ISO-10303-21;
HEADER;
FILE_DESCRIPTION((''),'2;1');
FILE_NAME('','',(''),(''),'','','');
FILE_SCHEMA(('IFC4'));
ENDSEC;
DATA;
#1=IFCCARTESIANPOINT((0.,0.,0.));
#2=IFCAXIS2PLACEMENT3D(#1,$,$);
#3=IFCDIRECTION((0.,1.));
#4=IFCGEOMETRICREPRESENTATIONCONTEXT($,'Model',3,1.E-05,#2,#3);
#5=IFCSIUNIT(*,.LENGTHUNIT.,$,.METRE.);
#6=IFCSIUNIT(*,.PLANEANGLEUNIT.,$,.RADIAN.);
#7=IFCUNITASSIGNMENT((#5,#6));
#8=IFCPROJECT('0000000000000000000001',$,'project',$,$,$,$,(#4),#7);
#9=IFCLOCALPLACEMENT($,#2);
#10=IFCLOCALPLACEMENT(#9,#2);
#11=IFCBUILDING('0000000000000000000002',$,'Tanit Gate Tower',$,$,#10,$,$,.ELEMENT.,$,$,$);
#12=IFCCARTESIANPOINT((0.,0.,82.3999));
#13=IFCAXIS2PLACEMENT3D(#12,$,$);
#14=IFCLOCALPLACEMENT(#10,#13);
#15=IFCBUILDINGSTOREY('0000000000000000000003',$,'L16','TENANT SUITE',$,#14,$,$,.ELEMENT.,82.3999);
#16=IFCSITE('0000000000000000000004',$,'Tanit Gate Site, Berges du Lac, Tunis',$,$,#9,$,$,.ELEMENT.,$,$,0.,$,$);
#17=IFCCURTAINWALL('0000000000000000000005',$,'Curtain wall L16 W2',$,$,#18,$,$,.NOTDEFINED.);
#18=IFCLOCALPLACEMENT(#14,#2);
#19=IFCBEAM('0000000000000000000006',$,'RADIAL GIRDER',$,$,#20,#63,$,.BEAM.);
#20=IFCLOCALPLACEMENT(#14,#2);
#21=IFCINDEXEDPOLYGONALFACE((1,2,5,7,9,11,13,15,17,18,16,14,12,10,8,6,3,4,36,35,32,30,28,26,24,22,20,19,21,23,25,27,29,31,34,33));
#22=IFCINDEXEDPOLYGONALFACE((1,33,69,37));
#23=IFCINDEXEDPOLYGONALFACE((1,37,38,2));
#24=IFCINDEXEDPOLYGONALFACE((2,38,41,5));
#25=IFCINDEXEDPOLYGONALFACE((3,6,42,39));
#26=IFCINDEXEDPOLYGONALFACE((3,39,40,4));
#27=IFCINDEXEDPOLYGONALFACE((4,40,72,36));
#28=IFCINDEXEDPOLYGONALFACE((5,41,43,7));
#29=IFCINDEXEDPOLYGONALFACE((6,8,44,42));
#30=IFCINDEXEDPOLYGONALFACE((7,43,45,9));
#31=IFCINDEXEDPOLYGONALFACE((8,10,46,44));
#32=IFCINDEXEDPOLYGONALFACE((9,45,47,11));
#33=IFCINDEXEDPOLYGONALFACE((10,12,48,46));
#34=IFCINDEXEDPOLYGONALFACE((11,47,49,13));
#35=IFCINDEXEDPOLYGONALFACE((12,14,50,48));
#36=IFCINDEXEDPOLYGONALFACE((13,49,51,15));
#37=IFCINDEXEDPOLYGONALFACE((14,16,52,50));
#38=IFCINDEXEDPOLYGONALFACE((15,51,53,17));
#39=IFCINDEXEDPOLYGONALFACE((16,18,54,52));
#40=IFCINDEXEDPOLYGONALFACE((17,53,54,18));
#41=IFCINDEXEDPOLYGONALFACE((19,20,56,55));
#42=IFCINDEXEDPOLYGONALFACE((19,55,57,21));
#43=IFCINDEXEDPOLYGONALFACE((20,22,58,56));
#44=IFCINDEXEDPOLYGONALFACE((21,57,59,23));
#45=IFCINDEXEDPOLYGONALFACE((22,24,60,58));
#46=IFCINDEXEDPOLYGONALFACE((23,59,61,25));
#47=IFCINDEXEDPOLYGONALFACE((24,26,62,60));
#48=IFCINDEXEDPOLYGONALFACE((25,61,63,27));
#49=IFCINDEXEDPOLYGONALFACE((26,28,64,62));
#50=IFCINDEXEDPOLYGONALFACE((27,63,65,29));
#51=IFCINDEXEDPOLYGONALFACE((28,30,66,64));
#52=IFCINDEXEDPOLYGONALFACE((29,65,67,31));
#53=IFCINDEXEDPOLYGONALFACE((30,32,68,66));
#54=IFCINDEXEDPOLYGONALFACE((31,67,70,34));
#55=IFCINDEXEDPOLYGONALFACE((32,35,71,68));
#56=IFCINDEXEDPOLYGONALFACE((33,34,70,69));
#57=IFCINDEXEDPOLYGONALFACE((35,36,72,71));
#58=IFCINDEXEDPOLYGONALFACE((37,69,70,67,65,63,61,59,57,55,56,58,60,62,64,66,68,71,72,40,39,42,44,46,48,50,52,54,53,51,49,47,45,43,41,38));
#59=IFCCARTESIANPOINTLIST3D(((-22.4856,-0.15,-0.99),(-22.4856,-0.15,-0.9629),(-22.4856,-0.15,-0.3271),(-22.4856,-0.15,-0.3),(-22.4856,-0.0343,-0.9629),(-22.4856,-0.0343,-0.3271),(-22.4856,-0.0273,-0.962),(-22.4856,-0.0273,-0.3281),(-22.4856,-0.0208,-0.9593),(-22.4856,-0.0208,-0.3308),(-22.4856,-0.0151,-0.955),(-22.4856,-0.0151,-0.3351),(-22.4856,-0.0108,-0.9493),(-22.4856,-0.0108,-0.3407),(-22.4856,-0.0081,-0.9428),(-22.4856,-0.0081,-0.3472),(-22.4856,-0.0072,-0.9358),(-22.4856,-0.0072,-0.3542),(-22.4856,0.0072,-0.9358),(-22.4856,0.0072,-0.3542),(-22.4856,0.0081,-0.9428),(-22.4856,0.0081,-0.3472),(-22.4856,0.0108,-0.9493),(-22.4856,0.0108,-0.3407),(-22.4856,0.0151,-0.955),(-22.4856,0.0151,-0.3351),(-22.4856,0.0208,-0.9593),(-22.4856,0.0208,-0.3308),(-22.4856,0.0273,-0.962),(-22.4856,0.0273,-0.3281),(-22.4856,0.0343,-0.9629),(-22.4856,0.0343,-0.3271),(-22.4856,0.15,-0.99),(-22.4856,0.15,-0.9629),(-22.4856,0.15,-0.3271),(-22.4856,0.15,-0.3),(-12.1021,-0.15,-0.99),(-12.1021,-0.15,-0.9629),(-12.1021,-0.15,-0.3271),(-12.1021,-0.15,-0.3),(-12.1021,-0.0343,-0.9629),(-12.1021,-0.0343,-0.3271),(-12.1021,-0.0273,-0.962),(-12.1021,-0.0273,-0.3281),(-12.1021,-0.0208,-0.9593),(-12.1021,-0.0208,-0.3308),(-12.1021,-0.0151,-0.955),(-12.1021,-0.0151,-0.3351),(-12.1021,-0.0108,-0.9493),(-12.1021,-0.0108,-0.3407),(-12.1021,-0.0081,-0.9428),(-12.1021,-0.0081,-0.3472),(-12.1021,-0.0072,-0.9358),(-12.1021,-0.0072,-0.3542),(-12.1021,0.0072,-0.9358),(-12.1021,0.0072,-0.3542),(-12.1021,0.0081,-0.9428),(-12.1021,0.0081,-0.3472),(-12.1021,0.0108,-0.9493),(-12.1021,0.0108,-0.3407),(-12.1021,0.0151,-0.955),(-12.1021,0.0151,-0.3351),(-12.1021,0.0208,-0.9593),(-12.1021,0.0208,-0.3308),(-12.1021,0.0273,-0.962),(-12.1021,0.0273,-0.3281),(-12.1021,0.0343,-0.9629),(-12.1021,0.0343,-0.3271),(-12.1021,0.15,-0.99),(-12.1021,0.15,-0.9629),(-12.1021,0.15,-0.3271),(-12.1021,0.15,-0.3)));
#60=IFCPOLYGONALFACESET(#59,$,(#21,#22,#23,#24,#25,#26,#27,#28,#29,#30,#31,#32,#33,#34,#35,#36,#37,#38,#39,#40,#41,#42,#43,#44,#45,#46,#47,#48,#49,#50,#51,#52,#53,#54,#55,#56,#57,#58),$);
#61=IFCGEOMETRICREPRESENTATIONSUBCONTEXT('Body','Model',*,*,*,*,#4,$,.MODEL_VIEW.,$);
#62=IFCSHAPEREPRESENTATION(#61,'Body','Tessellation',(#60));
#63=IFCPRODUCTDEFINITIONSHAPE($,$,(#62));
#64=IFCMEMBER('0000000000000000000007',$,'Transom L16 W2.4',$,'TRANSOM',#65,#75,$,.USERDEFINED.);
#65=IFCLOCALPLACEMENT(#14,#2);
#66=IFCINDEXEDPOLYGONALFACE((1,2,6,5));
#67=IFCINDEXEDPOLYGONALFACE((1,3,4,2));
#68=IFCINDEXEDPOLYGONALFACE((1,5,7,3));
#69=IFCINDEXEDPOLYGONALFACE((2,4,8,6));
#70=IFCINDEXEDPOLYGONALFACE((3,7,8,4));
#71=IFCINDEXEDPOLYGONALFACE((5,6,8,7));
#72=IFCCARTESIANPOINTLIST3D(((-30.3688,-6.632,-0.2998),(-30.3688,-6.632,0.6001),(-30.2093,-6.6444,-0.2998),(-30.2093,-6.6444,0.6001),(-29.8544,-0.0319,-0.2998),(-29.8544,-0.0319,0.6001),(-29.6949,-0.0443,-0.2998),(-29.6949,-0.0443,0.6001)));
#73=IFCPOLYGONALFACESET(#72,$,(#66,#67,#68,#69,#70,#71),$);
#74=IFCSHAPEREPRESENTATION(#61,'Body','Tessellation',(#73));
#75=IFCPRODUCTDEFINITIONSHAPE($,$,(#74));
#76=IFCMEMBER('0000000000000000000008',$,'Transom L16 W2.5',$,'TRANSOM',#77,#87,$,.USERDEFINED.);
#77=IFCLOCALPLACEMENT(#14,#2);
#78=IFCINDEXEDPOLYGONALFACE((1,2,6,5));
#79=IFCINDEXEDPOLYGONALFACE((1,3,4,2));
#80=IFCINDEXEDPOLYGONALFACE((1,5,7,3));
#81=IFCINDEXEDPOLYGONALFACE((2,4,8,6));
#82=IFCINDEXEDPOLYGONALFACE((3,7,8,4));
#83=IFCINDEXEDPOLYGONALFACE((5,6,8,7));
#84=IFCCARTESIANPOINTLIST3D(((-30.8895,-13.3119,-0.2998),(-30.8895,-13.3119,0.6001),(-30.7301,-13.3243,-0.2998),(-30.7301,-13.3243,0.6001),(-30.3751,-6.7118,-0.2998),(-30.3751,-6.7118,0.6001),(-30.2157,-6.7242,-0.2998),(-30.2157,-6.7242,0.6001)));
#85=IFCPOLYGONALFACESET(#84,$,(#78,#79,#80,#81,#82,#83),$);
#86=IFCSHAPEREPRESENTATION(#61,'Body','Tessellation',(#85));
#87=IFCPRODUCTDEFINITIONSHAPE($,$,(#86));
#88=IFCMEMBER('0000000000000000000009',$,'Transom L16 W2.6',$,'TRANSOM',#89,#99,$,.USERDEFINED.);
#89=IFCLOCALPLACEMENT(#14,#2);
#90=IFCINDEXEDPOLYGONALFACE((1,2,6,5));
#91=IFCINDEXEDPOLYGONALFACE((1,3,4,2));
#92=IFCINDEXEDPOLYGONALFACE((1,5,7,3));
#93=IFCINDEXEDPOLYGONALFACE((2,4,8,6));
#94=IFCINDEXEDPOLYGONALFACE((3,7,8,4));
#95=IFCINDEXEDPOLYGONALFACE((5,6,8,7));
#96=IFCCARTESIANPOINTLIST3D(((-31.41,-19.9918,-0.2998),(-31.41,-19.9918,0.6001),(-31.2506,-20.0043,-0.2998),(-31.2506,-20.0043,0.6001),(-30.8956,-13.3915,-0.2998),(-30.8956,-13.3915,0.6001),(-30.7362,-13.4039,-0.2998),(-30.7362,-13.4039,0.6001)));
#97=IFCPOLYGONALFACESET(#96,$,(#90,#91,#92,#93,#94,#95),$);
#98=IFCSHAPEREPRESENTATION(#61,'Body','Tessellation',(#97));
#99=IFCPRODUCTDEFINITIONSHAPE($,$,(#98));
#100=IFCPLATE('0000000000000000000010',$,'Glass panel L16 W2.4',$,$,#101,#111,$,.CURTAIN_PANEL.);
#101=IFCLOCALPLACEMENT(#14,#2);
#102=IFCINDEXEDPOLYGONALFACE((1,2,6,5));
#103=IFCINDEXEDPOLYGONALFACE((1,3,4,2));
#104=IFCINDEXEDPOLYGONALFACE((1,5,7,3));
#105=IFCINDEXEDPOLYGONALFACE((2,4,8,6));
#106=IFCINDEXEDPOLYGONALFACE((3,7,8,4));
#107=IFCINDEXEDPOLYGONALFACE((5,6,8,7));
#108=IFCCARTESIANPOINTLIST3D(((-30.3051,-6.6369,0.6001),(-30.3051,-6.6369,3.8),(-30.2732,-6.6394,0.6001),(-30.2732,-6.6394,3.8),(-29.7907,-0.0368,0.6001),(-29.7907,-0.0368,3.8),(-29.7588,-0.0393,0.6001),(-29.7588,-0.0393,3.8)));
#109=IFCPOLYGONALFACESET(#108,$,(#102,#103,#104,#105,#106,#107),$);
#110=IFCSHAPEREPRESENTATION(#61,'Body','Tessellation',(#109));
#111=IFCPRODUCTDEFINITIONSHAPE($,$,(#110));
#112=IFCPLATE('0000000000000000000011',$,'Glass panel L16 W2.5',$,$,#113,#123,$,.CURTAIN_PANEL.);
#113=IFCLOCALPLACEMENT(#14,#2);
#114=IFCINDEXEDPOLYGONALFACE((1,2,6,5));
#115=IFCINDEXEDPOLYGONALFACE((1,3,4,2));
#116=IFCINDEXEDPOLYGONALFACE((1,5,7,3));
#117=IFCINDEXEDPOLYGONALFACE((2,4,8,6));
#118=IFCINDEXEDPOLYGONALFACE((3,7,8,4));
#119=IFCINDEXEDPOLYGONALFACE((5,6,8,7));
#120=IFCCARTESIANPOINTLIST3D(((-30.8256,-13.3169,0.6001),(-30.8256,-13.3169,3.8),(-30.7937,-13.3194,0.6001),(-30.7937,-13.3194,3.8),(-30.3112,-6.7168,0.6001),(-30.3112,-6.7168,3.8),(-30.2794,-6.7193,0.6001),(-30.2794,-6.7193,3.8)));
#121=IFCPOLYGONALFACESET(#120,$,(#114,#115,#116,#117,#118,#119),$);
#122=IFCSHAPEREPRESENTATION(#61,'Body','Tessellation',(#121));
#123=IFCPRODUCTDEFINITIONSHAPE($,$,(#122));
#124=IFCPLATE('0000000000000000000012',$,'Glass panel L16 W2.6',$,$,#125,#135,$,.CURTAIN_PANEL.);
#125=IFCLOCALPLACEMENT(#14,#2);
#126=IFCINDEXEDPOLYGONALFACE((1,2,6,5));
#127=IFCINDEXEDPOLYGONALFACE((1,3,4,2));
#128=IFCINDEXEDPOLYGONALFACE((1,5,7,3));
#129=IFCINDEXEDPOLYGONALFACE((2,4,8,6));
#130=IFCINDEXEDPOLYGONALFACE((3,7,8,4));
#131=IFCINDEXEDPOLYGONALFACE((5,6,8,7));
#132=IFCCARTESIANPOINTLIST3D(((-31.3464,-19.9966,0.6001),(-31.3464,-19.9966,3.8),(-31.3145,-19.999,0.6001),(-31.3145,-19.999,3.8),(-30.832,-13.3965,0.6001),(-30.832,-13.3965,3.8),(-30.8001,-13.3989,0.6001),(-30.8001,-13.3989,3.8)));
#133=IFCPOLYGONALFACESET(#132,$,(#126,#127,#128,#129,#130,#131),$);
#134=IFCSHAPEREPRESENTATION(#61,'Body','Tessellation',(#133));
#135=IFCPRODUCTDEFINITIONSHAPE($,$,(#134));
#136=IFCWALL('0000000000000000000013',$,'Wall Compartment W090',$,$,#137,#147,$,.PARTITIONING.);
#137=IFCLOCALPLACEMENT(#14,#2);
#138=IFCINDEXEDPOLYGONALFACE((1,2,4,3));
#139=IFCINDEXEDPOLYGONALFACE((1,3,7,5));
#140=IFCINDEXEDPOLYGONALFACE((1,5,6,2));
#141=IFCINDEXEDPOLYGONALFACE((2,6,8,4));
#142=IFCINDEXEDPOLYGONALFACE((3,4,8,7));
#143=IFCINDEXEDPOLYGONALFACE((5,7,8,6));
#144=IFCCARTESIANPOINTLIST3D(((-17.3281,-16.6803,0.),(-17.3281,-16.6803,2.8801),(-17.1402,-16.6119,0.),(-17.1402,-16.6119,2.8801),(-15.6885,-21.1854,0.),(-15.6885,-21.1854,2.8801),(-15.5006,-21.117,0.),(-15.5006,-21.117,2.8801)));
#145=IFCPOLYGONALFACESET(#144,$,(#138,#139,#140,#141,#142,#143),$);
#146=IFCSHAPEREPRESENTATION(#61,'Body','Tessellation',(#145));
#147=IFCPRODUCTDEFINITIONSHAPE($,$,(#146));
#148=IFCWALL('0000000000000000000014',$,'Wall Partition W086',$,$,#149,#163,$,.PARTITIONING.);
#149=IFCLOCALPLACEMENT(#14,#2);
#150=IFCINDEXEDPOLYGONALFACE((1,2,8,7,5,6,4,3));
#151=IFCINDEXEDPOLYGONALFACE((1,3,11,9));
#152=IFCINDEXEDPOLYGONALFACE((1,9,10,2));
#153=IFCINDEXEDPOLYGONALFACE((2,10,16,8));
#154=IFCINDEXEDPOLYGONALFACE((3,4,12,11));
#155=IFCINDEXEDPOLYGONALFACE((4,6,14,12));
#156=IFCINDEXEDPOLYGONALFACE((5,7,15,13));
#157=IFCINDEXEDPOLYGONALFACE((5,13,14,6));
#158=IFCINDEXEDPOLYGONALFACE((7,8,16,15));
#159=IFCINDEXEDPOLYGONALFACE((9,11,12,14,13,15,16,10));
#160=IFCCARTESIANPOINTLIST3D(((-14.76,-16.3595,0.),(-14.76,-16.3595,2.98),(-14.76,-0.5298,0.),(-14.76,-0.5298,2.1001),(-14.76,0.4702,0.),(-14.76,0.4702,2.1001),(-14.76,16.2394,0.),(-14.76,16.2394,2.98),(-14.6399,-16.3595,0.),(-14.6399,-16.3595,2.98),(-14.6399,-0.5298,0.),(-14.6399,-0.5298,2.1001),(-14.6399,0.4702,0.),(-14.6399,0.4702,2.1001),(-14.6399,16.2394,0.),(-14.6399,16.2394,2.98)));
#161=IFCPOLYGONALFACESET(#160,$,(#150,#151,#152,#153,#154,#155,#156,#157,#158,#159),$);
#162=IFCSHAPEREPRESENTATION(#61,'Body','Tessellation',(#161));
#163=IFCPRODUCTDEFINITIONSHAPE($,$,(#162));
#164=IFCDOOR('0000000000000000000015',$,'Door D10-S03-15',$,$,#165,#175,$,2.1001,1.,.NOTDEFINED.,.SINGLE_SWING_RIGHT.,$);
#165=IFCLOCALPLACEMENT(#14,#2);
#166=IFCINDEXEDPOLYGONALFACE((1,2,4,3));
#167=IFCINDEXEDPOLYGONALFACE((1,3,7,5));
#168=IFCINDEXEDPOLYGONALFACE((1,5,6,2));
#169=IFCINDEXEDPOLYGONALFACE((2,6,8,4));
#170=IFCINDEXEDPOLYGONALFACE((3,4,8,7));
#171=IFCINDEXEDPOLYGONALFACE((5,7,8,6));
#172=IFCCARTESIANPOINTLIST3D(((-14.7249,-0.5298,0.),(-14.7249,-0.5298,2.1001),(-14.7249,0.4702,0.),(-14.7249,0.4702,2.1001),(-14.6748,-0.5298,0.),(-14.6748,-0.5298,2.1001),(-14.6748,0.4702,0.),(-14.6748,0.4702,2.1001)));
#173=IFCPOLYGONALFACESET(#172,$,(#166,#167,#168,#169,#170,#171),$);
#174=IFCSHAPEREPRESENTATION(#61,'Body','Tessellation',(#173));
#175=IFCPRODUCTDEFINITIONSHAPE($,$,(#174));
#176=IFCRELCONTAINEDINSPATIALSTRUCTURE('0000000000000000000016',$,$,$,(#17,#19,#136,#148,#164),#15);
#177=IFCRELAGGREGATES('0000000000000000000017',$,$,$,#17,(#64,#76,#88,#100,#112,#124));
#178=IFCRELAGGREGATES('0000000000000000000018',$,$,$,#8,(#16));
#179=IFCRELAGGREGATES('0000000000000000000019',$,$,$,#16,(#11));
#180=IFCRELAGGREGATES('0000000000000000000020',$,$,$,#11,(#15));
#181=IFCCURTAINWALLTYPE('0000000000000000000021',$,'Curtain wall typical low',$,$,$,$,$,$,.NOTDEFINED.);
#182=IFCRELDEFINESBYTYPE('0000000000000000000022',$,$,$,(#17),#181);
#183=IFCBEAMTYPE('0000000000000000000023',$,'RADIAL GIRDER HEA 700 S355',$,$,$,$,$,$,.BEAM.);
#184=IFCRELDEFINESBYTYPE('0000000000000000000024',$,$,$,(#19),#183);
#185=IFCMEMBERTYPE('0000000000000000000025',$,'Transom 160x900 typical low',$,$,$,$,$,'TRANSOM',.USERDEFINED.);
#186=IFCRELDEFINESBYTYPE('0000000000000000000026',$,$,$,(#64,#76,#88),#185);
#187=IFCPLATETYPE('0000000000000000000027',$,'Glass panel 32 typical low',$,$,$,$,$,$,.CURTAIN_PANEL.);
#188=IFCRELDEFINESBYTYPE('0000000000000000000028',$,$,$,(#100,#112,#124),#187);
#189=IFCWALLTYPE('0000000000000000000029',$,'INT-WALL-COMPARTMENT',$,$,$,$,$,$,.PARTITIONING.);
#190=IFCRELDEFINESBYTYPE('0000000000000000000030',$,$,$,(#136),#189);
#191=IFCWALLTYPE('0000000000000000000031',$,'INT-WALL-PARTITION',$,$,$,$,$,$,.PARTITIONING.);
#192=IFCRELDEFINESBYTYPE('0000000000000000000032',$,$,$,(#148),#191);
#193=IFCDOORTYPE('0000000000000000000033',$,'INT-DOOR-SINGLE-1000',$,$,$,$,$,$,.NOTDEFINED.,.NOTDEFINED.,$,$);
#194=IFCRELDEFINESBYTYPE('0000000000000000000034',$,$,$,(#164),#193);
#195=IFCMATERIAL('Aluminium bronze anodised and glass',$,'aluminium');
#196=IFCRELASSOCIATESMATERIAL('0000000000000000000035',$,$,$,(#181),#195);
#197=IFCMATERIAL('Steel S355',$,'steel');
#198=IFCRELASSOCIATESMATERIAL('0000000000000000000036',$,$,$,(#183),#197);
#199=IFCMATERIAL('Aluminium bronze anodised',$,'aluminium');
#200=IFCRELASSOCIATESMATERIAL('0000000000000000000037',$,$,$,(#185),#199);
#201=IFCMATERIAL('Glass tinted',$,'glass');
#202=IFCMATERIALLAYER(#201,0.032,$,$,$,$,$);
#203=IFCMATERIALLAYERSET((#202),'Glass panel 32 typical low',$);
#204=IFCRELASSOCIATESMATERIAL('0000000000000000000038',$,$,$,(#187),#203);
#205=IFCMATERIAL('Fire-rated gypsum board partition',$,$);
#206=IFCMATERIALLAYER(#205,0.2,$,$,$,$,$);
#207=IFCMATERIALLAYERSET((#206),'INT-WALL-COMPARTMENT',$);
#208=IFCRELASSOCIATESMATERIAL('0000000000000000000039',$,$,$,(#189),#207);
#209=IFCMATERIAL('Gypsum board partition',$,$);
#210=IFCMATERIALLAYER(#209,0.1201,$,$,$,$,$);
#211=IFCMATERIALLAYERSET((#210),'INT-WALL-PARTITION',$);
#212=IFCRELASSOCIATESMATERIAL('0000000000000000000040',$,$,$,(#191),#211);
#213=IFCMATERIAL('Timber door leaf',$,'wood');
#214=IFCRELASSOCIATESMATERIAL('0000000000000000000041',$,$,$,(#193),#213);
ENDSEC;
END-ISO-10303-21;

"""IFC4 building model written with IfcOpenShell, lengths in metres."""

from ifc_helpers import new_model, si_unit, direction, frame, frame_2d, origin, origin_2d, place, context, subcontext, project, spatial, rectangle, i_section, extrude, material, layer, layer_set, material_profile, profile_set, type_object, element, fill, aggregate, save


model = new_model("IFC4")

# Units and contexts
model_context = context("Model", 3, precision=1e-05, world=origin(), true_north=direction((0.0, 1.0)))
body_context = subcontext(model_context, "Body", "Model", "MODEL_VIEW")
ifc_project = project(units=[si_unit("LENGTHUNIT", "METRE"), si_unit("PLANEANGLEUNIT", "RADIAN")], contexts=[model_context])

# Site, building, storey
site_placement = place(None, origin())
site = spatial("IfcSite", under=ifc_project, at=site_placement, Name="Tanit Gate Site, Berges du Lac, Tunis", CompositionType="ELEMENT", RefElevation=0.0)
building_placement = place(site_placement, origin())
building = spatial("IfcBuilding", under=site, at=building_placement, Name="Tanit Gate Tower", CompositionType="ELEMENT")
storey_placement = place(building_placement, frame((0.0, 0.0, 82.3999)))
storey = spatial("IfcBuildingStorey", under=building, at=storey_placement, Name="L16", Description="TENANT SUITE", CompositionType="ELEMENT", Elevation=82.3999)

# Curtain wall
ifc_material_1 = material(Name="Aluminium bronze anodised and glass", Category="aluminium")
curtain_wall_type = type_object("IfcCurtainWallType", Name="Curtain wall typical low", PredefinedType="NOTDEFINED", material=ifc_material_1)
curtain_wall_placement = place(storey_placement, origin())
curtain_wall = element("IfcCurtainWall", 1, at=curtain_wall_placement, inside=storey, type_object=curtain_wall_type, Name="Curtain wall L16 W2", PredefinedType="NOTDEFINED")

# Beam
ifc_material_2 = material(Name="Steel S355", Category="steel")
ifc_material_profile_1 = material_profile(ifc_material_2, i_section(OverallWidth=0.3, OverallDepth=0.6899, WebThickness=0.0144, FlangeThickness=0.0271, FilletRadius=0.0271, at=origin_2d()), Name="HEA 700")
ifc_profile_set_1 = profile_set([ifc_material_profile_1], Name="Steel S355")
beam_type = type_object("IfcBeamType", Name="RADIAL GIRDER HEA 700 S355", PredefinedType="BEAM", material=ifc_profile_set_1)
beam_1_placement = place(storey_placement, frame((-22.4856, 0.0, -0.645), z_axis=(1.0, 0.0, 0.0), x_axis=(0.0, 1.0, 0.0)))
element("IfcBeam", 2, at=beam_1_placement, inside=storey, type_object=beam_type, Name="RADIAL GIRDER", PredefinedType="BEAM", context=body_context, shape_type="SweptSolid", body=[
    extrude(i_section(OverallWidth=0.3, OverallDepth=0.6899, WebThickness=0.0144, FlangeThickness=0.0271, FilletRadius=0.0271, at=origin_2d()), origin(), (0.0, 0.0, 1.0), 10.3835),
])

# Members
ifc_material_3 = material(Name="Aluminium bronze anodised", Category="aluminium")
ifc_material_profile_2 = material_profile(ifc_material_3, rectangle(XDim=0.1599, YDim=0.8999, at=origin_2d()), Name="160x900 bronze transom")
ifc_profile_set_2 = profile_set([ifc_material_profile_2], Name="Aluminium bronze anodised")
member_type_1 = type_object("IfcMemberType", Name="Transom 160x900 typical low", ElementType="TRANSOM", PredefinedType="USERDEFINED", material=ifc_profile_set_2)
member_1_placement = place(storey_placement, frame((-29.7747, -0.0381, 0.1501), z_axis=(-0.077703, -0.996977, 0.0), x_axis=(0.996977, -0.077703, 0.0)))
member_1 = element("IfcMember", 3, at=member_1_placement, type_object=member_type_1, Name="Transom L16 W2.4", ObjectType="TRANSOM", PredefinedType="USERDEFINED", context=body_context, shape_type="SweptSolid", body=[
    extrude(rectangle(XDim=0.1599, YDim=0.8999, at=origin_2d()), origin(), (0.0, 0.0, 1.0), 6.6201),
])
member_2_placement = place(storey_placement, frame((-30.2954, -6.718, 0.1501), z_axis=(-0.077703, -0.996977, 0.0), x_axis=(0.996977, -0.077703, 0.0)))
member_2 = element("IfcMember", 4, at=member_2_placement, type_object=member_type_1, Name="Transom L16 W2.5", ObjectType="TRANSOM", PredefinedType="USERDEFINED", context=body_context, shape_type="SweptSolid", body=[
    extrude(rectangle(XDim=0.1599, YDim=0.8999, at=origin_2d()), origin(), (0.0, 0.0, 1.0), 6.6201),
])
member_3_placement = place(storey_placement, frame((-30.8159, -13.3977, 0.1501), z_axis=(-0.0777, -0.996977, 0.0), x_axis=(0.996977, -0.0777, 0.0)))
member_3 = element("IfcMember", 5, at=member_3_placement, type_object=member_type_1, Name="Transom L16 W2.6", ObjectType="TRANSOM", PredefinedType="USERDEFINED", context=body_context, shape_type="SweptSolid", body=[
    extrude(rectangle(XDim=0.1599, YDim=0.8999, at=origin_2d()), origin(), (0.0, 0.0, 1.0), 6.6204),
])

# Plates
ifc_material_4 = material(Name="Glass tinted", Category="glass")
ifc_layer_1 = layer(ifc_material_4, 0.032)
ifc_layer_set_1 = layer_set([ifc_layer_1], Name="Glass panel 32 typical low")
plate_type = type_object("IfcPlateType", Name="Glass panel 32 typical low", PredefinedType="CURTAIN_PANEL", material=ifc_layer_set_1)
plate_1_placement = place(storey_placement, frame((-30.032, -3.3381, 0.6001), z_axis=(0.0, 0.0, 1.0), x_axis=(-0.077701, -0.996977, 0.0)))
plate_1 = element("IfcPlate", 6, at=plate_1_placement, type_object=plate_type, Name="Glass panel L16 W2.4", PredefinedType="CURTAIN_PANEL", context=body_context, shape_type="SweptSolid", body=[
    extrude(rectangle(XDim=6.6201, YDim=0.032, at=origin_2d()), origin(), (0.0, 0.0, 1.0), 3.2),
])
plate_2_placement = place(storey_placement, frame((-30.5525, -10.0181, 0.6001), z_axis=(0.0, 0.0, 1.0), x_axis=(-0.077701, -0.996977, 0.0)))
plate_2 = element("IfcPlate", 7, at=plate_2_placement, type_object=plate_type, Name="Glass panel L16 W2.5", PredefinedType="CURTAIN_PANEL", context=body_context, shape_type="SweptSolid", body=[
    extrude(rectangle(XDim=6.6201, YDim=0.032, at=origin_2d()), origin(), (0.0, 0.0, 1.0), 3.2),
])
plate_3_placement = place(storey_placement, frame((-31.0732, -16.6978, 0.6001), z_axis=(0.0, 0.0, 1.0), x_axis=(-0.077701, -0.996977, 0.0)))
plate_3 = element("IfcPlate", 8, at=plate_3_placement, type_object=plate_type, Name="Glass panel L16 W2.6", PredefinedType="CURTAIN_PANEL", context=body_context, shape_type="SweptSolid", body=[
    extrude(rectangle(XDim=6.6201, YDim=0.032, at=origin_2d()), origin(), (0.0, 0.0, 1.0), 3.2),
])
aggregate(curtain_wall, [member_1, member_2, member_3, plate_1, plate_2, plate_3])

# Wall
ifc_material_5 = material(Name="Fire-rated gypsum board partition")
ifc_layer_2 = layer(ifc_material_5, 0.2)
ifc_layer_set_2 = layer_set([ifc_layer_2], Name="INT-WALL-COMPARTMENT")
wall_type_1 = type_object("IfcWallType", Name="INT-WALL-COMPARTMENT", PredefinedType="PARTITIONING", material=ifc_layer_set_2)
wall_1_placement = place(storey_placement, frame((-17.2341, -16.6462, 0.0), z_axis=(0.0, 0.0, 1.0), x_axis=(0.342005, -0.939698, 0.0)))
element("IfcWall", 9, at=wall_1_placement, inside=storey, type_object=wall_type_1, Name="Wall Compartment W090", PredefinedType="PARTITIONING", context=body_context, shape_type="SweptSolid", body=[
    extrude(rectangle(XDim=4.7942, YDim=0.2, at=frame_2d((2.397, 0.0))), origin(), (0.0, 0.0, 1.0), 2.8801),
])

# Wall, opening, door
ifc_material_6 = material(Name="Gypsum board partition")
ifc_layer_3 = layer(ifc_material_6, 0.1201)
ifc_layer_set_3 = layer_set([ifc_layer_3], Name="INT-WALL-PARTITION")
wall_type_2 = type_object("IfcWallType", Name="INT-WALL-PARTITION", PredefinedType="PARTITIONING", material=ifc_layer_set_3)
wall_2_placement = place(storey_placement, frame((-14.7, -16.3594, 0.0), z_axis=(0.0, 0.0, 1.0), x_axis=(0.0, 1.0, 0.0)))
wall_2 = element("IfcWall", 10, at=wall_2_placement, inside=storey, type_object=wall_type_2, Name="Wall Partition W086", PredefinedType="PARTITIONING", context=body_context, shape_type="SweptSolid", body=[
    extrude(rectangle(XDim=32.5989, YDim=0.1201, at=frame_2d((16.2993, 0.0))), origin(), (0.0, 0.0, 1.0), 2.98),
])
opening_placement = place(wall_2_placement, frame((15.8296, 0.0, 0.0)))
opening = element("IfcOpeningElement", 11, at=opening_placement, cuts=wall_2, PredefinedType="OPENING", context=body_context, shape_type="SweptSolid", body=[
    extrude(rectangle(XDim=1.0, YDim=2.1001, at=frame_2d((0.5, 1.05))), frame((0.0, 0.0701, 0.0), z_axis=(0.0, -1.0, 0.0), x_axis=(1.0, 0.0, 0.0)), (0.0, 0.0, 1.0), 0.1401),
])
ifc_material_7 = material(Name="Timber door leaf", Category="wood")
door_type = type_object("IfcDoorType", Name="INT-DOOR-SINGLE-1000", OperationType="NOTDEFINED", PredefinedType="NOTDEFINED", material=ifc_material_7)
door_placement = place(opening_placement, origin())
door = element("IfcDoor", 12, at=door_placement, inside=storey, type_object=door_type, Name="Door D10-S03-15", OperationType="SINGLE_SWING_RIGHT", OverallHeight=2.1001, OverallWidth=1.0, PredefinedType="NOTDEFINED", context=body_context, shape_type="SweptSolid", body=[
    extrude(rectangle(XDim=1.0, YDim=2.1001, at=frame_2d((0.5, 1.05))), frame((0.0, 0.0249, 0.0), z_axis=(0.0, -1.0, 0.0), x_axis=(1.0, 0.0, 0.0)), (0.0, 0.0, 1.0), 0.05),
])
fill(opening, door)

save(model, "model.ifc")
